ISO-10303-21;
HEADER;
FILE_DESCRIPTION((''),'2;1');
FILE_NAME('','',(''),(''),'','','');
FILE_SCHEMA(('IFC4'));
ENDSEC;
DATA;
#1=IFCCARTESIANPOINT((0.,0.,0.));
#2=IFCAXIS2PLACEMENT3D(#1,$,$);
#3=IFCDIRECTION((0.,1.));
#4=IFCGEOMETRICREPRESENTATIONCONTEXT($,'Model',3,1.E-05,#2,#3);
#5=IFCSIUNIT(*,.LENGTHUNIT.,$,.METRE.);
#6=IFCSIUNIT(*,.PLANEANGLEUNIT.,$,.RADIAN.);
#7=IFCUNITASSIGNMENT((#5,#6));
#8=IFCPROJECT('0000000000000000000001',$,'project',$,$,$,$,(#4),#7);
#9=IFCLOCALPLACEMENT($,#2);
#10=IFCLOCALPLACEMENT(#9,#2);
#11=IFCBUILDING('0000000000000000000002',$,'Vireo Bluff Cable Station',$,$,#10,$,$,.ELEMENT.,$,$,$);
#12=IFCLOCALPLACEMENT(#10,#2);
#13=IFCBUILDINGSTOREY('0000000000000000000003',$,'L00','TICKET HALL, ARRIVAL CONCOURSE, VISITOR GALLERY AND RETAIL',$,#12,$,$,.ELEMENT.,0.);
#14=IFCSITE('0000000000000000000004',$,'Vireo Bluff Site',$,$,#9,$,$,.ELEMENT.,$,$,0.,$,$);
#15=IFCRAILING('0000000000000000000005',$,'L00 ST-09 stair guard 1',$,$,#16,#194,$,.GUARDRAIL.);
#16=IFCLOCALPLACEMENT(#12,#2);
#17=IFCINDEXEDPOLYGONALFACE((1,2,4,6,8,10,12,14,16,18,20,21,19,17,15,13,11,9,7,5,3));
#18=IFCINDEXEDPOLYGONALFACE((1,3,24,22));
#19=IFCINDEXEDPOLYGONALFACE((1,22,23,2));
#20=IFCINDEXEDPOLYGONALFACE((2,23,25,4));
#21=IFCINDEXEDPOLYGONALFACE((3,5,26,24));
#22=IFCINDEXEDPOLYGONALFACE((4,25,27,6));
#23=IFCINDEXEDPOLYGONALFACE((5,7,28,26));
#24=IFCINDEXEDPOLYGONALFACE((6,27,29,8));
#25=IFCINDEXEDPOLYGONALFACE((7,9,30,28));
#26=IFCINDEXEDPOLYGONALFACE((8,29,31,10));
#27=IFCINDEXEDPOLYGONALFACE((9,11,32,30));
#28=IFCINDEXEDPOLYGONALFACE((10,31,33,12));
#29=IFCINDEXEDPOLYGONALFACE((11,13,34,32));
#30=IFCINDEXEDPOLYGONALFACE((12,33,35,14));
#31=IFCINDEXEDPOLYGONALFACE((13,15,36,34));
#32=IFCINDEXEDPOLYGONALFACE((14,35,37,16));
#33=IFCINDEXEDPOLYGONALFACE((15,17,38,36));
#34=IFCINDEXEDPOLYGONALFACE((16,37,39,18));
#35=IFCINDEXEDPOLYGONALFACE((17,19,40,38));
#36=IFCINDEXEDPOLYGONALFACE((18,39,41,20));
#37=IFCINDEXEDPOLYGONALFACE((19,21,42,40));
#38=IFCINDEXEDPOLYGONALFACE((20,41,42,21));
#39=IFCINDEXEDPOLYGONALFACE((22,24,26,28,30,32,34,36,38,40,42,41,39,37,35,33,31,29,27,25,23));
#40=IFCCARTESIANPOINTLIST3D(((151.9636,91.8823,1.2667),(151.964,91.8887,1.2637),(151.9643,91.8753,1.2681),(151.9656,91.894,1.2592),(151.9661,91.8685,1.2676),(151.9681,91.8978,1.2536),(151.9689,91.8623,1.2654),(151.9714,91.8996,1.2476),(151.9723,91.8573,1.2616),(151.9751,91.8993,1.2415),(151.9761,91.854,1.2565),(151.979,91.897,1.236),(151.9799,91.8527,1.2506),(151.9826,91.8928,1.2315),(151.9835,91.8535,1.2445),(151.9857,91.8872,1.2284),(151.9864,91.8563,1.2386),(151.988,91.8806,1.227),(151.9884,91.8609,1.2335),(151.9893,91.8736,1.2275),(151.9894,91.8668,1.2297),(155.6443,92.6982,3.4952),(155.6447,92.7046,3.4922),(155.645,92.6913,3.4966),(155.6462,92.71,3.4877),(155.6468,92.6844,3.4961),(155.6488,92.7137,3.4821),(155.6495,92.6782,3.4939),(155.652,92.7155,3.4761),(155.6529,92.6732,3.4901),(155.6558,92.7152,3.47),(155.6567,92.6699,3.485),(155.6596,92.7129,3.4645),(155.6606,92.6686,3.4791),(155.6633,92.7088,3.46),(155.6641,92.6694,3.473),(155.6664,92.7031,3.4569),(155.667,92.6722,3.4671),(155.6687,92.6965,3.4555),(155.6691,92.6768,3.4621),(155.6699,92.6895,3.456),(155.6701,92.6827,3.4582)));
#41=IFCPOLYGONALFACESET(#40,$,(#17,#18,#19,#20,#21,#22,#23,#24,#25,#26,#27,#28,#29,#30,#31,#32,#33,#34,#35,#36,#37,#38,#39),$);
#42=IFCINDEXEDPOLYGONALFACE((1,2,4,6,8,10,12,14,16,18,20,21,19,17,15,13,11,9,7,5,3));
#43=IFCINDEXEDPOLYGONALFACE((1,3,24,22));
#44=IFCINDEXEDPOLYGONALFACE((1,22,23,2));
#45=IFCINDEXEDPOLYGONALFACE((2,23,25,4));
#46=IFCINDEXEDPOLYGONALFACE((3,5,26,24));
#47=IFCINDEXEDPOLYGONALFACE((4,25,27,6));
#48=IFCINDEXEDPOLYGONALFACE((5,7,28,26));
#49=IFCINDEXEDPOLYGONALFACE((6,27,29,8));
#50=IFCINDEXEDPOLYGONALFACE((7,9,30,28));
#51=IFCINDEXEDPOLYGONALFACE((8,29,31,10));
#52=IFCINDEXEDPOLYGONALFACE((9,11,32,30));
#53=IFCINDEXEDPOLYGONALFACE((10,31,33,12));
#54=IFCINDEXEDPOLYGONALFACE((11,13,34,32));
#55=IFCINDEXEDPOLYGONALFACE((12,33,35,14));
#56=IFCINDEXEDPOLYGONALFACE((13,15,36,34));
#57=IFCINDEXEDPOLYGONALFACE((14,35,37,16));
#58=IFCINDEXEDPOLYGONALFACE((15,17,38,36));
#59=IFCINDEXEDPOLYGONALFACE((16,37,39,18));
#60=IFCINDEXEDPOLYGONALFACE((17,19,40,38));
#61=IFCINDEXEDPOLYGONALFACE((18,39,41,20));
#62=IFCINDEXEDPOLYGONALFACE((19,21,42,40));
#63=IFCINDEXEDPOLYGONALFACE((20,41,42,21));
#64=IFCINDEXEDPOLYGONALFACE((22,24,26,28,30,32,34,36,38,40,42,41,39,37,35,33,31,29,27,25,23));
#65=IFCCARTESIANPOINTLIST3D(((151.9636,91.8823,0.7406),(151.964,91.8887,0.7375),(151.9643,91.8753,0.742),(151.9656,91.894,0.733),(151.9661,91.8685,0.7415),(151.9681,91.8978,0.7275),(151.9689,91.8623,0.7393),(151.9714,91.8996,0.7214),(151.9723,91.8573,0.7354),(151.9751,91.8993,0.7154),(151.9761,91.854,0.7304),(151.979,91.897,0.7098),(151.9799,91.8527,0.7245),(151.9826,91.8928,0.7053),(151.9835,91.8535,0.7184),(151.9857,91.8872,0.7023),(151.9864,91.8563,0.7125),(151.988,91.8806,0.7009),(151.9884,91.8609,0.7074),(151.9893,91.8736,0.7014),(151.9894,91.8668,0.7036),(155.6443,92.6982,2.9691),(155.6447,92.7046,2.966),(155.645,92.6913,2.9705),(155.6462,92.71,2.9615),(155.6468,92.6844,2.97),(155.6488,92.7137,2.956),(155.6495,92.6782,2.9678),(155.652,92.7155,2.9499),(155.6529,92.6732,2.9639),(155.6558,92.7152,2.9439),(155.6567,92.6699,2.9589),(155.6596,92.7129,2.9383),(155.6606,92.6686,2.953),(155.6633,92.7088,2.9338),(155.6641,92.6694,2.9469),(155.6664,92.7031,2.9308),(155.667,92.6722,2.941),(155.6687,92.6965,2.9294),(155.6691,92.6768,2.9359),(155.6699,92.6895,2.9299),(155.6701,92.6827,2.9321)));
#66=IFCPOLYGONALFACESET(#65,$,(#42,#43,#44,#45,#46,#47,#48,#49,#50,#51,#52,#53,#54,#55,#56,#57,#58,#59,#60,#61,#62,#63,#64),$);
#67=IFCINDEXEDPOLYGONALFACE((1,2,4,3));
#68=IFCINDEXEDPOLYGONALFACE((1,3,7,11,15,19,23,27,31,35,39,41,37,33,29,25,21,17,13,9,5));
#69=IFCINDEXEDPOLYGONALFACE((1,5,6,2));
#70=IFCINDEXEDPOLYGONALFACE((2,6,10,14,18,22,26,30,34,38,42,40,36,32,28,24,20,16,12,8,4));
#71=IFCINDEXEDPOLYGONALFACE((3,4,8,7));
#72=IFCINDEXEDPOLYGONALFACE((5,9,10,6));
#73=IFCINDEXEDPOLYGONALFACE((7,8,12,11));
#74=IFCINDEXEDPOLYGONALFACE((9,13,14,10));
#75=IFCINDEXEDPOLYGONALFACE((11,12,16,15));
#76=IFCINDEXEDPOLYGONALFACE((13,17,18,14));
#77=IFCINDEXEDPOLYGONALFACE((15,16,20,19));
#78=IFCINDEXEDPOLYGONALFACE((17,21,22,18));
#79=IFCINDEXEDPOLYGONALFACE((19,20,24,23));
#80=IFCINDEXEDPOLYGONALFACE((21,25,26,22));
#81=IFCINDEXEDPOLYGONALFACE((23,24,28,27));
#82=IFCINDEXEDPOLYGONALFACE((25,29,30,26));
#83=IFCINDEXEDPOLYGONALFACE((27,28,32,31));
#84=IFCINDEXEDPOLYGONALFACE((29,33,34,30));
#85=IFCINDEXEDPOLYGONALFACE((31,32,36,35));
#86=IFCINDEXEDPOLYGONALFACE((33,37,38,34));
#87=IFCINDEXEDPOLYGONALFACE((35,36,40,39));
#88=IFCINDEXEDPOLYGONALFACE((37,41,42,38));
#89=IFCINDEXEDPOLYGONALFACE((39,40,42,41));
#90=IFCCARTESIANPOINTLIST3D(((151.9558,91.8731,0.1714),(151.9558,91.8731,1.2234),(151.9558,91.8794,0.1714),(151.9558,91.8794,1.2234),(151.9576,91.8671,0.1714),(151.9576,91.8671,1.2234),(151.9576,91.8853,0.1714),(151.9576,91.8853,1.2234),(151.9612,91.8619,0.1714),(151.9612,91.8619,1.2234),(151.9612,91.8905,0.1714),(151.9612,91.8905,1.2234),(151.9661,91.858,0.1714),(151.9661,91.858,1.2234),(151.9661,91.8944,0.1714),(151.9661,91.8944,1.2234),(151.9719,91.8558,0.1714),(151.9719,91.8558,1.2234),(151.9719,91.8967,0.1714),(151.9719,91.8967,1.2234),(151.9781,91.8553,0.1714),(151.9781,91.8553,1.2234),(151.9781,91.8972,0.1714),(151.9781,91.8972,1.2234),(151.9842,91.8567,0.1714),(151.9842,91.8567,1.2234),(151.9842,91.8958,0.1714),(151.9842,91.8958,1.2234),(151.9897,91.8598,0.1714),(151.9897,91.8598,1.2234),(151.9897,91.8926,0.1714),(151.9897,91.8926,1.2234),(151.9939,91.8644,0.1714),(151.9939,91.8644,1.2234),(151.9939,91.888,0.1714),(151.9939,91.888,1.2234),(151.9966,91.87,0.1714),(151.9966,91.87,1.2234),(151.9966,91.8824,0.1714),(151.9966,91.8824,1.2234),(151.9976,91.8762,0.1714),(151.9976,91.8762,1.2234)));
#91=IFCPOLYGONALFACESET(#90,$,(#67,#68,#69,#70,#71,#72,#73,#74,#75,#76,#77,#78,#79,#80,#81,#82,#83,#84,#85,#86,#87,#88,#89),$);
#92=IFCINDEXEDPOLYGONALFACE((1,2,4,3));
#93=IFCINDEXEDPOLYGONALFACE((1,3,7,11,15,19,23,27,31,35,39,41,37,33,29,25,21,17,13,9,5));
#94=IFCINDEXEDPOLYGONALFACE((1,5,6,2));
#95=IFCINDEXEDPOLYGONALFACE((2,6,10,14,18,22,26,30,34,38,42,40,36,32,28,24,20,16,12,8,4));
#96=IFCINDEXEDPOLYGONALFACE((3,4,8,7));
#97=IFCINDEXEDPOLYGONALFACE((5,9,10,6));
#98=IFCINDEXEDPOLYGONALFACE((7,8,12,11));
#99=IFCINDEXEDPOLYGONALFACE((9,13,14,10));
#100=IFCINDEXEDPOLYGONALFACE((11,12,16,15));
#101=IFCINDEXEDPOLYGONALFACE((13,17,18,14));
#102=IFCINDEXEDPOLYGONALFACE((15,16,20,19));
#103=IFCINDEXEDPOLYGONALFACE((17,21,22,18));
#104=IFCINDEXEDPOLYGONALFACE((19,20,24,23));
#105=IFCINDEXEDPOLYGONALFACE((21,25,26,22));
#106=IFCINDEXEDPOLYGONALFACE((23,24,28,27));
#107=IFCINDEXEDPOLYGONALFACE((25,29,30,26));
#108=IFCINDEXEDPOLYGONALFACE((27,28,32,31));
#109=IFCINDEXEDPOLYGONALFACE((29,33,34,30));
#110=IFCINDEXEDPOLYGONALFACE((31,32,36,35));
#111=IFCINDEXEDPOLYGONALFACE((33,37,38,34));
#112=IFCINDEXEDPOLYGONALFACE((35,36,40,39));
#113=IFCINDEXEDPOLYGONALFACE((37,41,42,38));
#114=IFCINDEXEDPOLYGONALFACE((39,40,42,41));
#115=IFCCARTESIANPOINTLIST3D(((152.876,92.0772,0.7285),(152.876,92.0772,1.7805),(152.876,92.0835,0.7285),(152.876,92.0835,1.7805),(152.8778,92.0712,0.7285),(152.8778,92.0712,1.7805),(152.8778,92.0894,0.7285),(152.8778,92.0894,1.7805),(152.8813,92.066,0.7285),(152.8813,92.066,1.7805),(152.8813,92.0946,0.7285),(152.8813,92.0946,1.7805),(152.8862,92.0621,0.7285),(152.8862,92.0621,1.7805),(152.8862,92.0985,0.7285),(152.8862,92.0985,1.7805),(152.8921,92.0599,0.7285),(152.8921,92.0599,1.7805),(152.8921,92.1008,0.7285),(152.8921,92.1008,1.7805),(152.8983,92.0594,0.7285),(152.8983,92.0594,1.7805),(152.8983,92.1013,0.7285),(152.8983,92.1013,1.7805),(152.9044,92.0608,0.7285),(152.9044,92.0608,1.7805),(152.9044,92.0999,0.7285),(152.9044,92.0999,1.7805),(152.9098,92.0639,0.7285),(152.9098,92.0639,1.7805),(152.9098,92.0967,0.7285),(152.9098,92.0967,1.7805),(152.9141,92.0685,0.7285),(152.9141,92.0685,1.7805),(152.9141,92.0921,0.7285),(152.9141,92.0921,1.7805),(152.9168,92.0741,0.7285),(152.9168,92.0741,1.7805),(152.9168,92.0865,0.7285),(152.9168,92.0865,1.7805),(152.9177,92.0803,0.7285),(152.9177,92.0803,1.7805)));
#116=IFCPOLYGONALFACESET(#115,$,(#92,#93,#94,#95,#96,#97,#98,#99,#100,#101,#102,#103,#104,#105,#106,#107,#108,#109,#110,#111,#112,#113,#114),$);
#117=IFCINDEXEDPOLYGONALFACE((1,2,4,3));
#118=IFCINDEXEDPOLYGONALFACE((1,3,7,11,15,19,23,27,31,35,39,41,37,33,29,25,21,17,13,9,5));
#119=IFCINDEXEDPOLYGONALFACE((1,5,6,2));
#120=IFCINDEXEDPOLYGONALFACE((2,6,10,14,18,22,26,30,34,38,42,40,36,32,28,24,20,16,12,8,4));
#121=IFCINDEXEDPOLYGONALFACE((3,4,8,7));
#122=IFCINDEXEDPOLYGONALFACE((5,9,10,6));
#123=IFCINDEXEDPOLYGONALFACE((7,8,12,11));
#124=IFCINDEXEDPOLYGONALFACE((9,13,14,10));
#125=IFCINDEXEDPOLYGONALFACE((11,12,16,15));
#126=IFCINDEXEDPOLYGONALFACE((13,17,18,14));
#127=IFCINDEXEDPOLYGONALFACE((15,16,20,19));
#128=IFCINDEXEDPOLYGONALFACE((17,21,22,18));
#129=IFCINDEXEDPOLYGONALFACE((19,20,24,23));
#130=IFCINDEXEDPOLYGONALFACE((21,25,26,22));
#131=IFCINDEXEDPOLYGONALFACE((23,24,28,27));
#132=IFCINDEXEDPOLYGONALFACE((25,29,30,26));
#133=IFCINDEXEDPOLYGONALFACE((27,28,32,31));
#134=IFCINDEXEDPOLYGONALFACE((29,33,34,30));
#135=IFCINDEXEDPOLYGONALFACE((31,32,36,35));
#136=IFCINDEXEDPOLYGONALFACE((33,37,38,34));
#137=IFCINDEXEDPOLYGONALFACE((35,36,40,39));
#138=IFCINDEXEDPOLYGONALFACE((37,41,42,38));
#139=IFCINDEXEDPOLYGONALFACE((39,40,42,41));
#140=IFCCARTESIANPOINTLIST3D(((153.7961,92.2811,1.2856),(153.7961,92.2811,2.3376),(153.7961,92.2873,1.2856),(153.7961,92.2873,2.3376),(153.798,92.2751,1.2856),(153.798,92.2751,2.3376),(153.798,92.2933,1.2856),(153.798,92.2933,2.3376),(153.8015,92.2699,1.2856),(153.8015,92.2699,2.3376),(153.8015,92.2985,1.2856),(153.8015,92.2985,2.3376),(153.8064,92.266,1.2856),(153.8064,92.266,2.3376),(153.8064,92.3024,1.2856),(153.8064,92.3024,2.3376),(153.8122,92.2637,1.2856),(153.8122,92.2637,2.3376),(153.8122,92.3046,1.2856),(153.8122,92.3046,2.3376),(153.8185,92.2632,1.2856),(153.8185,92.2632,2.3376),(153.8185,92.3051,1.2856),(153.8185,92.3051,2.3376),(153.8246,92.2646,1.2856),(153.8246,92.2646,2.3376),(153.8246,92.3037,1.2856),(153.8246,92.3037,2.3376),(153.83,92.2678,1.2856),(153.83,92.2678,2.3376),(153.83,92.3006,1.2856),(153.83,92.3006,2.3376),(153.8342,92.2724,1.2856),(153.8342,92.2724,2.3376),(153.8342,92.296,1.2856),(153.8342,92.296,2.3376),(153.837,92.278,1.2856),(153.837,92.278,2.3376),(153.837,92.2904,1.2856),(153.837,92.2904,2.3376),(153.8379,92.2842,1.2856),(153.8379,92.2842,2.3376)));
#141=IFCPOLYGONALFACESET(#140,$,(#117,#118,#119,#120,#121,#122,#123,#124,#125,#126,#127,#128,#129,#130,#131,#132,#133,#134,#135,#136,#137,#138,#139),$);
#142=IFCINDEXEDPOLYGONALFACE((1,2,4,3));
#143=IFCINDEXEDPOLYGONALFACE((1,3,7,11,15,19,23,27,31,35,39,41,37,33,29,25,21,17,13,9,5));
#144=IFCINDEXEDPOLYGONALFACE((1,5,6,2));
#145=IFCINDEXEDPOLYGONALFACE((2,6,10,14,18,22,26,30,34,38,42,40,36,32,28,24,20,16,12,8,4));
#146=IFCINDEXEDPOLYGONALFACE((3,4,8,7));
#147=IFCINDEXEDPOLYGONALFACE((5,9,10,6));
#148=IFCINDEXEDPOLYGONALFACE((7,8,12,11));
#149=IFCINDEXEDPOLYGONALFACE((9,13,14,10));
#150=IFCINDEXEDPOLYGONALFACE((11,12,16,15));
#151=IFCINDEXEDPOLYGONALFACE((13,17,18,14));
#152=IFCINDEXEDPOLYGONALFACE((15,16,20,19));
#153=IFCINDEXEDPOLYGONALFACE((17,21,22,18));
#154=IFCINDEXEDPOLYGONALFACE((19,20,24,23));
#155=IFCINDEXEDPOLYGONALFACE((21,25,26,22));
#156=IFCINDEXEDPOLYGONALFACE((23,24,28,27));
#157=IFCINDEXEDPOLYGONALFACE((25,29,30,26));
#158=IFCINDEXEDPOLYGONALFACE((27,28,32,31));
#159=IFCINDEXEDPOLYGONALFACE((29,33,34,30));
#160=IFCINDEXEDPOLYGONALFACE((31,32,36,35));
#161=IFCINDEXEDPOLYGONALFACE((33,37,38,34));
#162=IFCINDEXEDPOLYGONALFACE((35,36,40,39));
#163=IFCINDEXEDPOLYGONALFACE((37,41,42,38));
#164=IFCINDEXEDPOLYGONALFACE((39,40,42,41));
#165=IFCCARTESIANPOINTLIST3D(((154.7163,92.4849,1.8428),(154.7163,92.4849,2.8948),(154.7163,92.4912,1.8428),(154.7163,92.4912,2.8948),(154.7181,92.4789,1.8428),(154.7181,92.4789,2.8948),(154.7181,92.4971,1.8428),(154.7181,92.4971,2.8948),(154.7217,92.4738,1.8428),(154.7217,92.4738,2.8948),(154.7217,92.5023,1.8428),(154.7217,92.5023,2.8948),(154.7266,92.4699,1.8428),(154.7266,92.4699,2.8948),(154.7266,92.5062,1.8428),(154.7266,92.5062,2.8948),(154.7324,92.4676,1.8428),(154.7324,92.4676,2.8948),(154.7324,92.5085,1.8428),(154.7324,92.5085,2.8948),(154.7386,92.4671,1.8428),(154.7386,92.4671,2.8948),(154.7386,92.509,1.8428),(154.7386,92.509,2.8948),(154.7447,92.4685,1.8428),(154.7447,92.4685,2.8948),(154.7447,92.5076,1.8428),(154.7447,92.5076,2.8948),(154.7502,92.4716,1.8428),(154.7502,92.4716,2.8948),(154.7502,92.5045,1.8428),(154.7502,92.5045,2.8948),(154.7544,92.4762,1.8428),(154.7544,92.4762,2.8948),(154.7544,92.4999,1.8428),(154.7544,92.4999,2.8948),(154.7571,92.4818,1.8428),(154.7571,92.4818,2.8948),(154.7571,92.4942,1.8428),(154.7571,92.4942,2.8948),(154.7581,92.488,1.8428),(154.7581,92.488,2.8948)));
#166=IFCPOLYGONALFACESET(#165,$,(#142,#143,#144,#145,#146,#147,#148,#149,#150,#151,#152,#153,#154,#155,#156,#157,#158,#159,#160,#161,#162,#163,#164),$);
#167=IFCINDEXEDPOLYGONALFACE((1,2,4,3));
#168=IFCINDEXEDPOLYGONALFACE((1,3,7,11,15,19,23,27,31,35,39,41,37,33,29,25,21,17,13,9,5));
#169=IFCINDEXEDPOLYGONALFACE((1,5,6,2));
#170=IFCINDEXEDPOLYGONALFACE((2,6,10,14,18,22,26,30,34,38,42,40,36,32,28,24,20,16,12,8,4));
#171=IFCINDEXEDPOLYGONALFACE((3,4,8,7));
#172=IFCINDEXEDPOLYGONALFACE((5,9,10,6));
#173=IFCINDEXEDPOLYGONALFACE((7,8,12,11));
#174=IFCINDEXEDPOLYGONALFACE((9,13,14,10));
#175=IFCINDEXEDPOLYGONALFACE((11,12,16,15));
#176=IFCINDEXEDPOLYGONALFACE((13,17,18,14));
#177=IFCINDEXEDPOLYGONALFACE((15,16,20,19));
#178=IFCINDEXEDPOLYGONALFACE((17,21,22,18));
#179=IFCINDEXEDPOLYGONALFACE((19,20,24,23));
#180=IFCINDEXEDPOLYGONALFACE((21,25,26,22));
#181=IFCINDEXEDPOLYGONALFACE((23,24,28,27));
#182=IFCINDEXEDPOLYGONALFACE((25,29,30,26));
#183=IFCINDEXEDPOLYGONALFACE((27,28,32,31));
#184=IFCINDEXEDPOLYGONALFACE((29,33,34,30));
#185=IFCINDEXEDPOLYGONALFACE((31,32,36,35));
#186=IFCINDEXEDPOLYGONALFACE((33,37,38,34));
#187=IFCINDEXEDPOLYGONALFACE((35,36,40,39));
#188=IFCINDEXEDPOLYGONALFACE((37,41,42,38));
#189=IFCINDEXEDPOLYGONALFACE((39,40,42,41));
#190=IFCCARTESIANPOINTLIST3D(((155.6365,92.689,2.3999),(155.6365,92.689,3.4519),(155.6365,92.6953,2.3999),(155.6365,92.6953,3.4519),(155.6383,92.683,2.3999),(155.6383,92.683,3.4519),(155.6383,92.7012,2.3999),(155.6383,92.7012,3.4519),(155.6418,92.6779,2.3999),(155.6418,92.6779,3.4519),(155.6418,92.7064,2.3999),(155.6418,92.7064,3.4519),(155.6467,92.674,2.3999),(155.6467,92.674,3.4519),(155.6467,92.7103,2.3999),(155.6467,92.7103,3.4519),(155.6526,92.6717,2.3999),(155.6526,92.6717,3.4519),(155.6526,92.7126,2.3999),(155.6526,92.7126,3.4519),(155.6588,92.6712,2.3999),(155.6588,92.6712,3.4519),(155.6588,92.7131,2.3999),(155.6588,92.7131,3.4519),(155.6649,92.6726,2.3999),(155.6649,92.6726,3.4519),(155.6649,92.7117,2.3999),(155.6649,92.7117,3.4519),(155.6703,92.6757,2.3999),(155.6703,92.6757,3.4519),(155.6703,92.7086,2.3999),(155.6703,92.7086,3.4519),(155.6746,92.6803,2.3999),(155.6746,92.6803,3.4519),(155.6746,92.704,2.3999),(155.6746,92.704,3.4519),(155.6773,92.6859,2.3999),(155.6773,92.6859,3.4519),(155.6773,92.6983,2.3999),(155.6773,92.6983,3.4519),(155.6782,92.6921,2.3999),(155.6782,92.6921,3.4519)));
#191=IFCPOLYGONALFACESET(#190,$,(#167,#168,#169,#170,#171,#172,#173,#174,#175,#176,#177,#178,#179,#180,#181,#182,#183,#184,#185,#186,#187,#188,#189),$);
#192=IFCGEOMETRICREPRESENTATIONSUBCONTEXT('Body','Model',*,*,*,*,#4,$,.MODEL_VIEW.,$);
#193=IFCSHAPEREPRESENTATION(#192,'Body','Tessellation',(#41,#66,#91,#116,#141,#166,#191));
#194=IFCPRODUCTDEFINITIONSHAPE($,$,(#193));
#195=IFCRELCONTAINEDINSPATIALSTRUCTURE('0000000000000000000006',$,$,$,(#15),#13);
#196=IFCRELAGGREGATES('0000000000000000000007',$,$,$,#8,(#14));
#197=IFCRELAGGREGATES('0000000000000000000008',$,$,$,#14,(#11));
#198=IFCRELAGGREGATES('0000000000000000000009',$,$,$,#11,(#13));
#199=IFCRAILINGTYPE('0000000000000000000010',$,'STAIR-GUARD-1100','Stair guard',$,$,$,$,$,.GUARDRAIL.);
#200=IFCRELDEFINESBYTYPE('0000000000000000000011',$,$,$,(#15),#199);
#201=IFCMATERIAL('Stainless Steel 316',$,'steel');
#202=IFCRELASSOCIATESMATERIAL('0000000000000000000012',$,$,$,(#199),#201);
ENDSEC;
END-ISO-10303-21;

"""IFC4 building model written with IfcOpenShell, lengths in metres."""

from ifc_helpers import new_model, si_unit, direction, frame, origin, origin_2d, place, context, subcontext, project, spatial, circle, extrude, material, type_object, element, save


model = new_model("IFC4")

# Units and contexts
model_context = context("Model", 3, precision=1e-05, world=origin(), true_north=direction((0.0, 1.0)))
body_context = subcontext(model_context, "Body", "Model", "MODEL_VIEW")
ifc_project = project(units=[si_unit("LENGTHUNIT", "METRE"), si_unit("PLANEANGLEUNIT", "RADIAN")], contexts=[model_context])

# Site, building, storey
site_placement = place(None, origin())
site = spatial("IfcSite", under=ifc_project, at=site_placement, Name="Vireo Bluff Site", CompositionType="ELEMENT", RefElevation=0.0)
building_placement = place(site_placement, origin())
building = spatial("IfcBuilding", under=site, at=building_placement, Name="Vireo Bluff Cable Station", CompositionType="ELEMENT")
storey_placement = place(building_placement, origin())
storey = spatial("IfcBuildingStorey", under=building, at=storey_placement, Name="L00", Description="TICKET HALL, ARRIVAL CONCOURSE, VISITOR GALLERY AND RETAIL", CompositionType="ELEMENT", Elevation=0.0)

# Railing
ifc_material_1 = material(Name="Stainless Steel 316", Category="steel")
railing_type_1 = type_object("IfcRailingType", Name="STAIR-GUARD-1100", Description="Stair guard", PredefinedType="GUARDRAIL", material=ifc_material_1)
railing_1_placement = place(storey_placement, frame((151.9766, 91.8762, 0.1714)))
element("IfcRailing", 1, at=railing_1_placement, inside=storey, type_object=railing_type_1, Name="L00 ST-09 stair guard 1", PredefinedType="GUARDRAIL", context=body_context, shape_type="SweptSolid", body=[
    extrude(circle(Radius=0.0239, at=origin_2d()), frame((0.0, 0.0, 1.0762), z_axis=(0.840446, 0.186307, 0.508861), x_axis=(-0.216423, 0.9763, 0.0)), (0.0, 0.0, 1.0), 4.3794),
    extrude(circle(Radius=0.0239, at=origin_2d()), frame((0.0, 0.0, 0.55), z_axis=(0.840446, 0.186307, 0.508861), x_axis=(-0.216423, 0.9763, 0.0)), (0.0, 0.0, 1.0), 4.3794),
    extrude(circle(Radius=0.021, at=origin_2d()), origin(), (0.0, 0.0, 1.0), 1.052),
    extrude(circle(Radius=0.021, at=origin_2d()), frame((0.9202, 0.2041, 0.5571)), (0.0, 0.0, 1.0), 1.052),
    extrude(circle(Radius=0.021, at=origin_2d()), frame((1.8403, 0.408, 1.1143)), (0.0, 0.0, 1.0), 1.052),
    extrude(circle(Radius=0.021, at=origin_2d()), frame((2.7605, 0.6118, 1.6714)), (0.0, 0.0, 1.0), 1.052),
    extrude(circle(Radius=0.021, at=origin_2d()), frame((3.6807, 0.8159, 2.2285)), (0.0, 0.0, 1.0), 1.052),
])

save(model, "model.ifc")
